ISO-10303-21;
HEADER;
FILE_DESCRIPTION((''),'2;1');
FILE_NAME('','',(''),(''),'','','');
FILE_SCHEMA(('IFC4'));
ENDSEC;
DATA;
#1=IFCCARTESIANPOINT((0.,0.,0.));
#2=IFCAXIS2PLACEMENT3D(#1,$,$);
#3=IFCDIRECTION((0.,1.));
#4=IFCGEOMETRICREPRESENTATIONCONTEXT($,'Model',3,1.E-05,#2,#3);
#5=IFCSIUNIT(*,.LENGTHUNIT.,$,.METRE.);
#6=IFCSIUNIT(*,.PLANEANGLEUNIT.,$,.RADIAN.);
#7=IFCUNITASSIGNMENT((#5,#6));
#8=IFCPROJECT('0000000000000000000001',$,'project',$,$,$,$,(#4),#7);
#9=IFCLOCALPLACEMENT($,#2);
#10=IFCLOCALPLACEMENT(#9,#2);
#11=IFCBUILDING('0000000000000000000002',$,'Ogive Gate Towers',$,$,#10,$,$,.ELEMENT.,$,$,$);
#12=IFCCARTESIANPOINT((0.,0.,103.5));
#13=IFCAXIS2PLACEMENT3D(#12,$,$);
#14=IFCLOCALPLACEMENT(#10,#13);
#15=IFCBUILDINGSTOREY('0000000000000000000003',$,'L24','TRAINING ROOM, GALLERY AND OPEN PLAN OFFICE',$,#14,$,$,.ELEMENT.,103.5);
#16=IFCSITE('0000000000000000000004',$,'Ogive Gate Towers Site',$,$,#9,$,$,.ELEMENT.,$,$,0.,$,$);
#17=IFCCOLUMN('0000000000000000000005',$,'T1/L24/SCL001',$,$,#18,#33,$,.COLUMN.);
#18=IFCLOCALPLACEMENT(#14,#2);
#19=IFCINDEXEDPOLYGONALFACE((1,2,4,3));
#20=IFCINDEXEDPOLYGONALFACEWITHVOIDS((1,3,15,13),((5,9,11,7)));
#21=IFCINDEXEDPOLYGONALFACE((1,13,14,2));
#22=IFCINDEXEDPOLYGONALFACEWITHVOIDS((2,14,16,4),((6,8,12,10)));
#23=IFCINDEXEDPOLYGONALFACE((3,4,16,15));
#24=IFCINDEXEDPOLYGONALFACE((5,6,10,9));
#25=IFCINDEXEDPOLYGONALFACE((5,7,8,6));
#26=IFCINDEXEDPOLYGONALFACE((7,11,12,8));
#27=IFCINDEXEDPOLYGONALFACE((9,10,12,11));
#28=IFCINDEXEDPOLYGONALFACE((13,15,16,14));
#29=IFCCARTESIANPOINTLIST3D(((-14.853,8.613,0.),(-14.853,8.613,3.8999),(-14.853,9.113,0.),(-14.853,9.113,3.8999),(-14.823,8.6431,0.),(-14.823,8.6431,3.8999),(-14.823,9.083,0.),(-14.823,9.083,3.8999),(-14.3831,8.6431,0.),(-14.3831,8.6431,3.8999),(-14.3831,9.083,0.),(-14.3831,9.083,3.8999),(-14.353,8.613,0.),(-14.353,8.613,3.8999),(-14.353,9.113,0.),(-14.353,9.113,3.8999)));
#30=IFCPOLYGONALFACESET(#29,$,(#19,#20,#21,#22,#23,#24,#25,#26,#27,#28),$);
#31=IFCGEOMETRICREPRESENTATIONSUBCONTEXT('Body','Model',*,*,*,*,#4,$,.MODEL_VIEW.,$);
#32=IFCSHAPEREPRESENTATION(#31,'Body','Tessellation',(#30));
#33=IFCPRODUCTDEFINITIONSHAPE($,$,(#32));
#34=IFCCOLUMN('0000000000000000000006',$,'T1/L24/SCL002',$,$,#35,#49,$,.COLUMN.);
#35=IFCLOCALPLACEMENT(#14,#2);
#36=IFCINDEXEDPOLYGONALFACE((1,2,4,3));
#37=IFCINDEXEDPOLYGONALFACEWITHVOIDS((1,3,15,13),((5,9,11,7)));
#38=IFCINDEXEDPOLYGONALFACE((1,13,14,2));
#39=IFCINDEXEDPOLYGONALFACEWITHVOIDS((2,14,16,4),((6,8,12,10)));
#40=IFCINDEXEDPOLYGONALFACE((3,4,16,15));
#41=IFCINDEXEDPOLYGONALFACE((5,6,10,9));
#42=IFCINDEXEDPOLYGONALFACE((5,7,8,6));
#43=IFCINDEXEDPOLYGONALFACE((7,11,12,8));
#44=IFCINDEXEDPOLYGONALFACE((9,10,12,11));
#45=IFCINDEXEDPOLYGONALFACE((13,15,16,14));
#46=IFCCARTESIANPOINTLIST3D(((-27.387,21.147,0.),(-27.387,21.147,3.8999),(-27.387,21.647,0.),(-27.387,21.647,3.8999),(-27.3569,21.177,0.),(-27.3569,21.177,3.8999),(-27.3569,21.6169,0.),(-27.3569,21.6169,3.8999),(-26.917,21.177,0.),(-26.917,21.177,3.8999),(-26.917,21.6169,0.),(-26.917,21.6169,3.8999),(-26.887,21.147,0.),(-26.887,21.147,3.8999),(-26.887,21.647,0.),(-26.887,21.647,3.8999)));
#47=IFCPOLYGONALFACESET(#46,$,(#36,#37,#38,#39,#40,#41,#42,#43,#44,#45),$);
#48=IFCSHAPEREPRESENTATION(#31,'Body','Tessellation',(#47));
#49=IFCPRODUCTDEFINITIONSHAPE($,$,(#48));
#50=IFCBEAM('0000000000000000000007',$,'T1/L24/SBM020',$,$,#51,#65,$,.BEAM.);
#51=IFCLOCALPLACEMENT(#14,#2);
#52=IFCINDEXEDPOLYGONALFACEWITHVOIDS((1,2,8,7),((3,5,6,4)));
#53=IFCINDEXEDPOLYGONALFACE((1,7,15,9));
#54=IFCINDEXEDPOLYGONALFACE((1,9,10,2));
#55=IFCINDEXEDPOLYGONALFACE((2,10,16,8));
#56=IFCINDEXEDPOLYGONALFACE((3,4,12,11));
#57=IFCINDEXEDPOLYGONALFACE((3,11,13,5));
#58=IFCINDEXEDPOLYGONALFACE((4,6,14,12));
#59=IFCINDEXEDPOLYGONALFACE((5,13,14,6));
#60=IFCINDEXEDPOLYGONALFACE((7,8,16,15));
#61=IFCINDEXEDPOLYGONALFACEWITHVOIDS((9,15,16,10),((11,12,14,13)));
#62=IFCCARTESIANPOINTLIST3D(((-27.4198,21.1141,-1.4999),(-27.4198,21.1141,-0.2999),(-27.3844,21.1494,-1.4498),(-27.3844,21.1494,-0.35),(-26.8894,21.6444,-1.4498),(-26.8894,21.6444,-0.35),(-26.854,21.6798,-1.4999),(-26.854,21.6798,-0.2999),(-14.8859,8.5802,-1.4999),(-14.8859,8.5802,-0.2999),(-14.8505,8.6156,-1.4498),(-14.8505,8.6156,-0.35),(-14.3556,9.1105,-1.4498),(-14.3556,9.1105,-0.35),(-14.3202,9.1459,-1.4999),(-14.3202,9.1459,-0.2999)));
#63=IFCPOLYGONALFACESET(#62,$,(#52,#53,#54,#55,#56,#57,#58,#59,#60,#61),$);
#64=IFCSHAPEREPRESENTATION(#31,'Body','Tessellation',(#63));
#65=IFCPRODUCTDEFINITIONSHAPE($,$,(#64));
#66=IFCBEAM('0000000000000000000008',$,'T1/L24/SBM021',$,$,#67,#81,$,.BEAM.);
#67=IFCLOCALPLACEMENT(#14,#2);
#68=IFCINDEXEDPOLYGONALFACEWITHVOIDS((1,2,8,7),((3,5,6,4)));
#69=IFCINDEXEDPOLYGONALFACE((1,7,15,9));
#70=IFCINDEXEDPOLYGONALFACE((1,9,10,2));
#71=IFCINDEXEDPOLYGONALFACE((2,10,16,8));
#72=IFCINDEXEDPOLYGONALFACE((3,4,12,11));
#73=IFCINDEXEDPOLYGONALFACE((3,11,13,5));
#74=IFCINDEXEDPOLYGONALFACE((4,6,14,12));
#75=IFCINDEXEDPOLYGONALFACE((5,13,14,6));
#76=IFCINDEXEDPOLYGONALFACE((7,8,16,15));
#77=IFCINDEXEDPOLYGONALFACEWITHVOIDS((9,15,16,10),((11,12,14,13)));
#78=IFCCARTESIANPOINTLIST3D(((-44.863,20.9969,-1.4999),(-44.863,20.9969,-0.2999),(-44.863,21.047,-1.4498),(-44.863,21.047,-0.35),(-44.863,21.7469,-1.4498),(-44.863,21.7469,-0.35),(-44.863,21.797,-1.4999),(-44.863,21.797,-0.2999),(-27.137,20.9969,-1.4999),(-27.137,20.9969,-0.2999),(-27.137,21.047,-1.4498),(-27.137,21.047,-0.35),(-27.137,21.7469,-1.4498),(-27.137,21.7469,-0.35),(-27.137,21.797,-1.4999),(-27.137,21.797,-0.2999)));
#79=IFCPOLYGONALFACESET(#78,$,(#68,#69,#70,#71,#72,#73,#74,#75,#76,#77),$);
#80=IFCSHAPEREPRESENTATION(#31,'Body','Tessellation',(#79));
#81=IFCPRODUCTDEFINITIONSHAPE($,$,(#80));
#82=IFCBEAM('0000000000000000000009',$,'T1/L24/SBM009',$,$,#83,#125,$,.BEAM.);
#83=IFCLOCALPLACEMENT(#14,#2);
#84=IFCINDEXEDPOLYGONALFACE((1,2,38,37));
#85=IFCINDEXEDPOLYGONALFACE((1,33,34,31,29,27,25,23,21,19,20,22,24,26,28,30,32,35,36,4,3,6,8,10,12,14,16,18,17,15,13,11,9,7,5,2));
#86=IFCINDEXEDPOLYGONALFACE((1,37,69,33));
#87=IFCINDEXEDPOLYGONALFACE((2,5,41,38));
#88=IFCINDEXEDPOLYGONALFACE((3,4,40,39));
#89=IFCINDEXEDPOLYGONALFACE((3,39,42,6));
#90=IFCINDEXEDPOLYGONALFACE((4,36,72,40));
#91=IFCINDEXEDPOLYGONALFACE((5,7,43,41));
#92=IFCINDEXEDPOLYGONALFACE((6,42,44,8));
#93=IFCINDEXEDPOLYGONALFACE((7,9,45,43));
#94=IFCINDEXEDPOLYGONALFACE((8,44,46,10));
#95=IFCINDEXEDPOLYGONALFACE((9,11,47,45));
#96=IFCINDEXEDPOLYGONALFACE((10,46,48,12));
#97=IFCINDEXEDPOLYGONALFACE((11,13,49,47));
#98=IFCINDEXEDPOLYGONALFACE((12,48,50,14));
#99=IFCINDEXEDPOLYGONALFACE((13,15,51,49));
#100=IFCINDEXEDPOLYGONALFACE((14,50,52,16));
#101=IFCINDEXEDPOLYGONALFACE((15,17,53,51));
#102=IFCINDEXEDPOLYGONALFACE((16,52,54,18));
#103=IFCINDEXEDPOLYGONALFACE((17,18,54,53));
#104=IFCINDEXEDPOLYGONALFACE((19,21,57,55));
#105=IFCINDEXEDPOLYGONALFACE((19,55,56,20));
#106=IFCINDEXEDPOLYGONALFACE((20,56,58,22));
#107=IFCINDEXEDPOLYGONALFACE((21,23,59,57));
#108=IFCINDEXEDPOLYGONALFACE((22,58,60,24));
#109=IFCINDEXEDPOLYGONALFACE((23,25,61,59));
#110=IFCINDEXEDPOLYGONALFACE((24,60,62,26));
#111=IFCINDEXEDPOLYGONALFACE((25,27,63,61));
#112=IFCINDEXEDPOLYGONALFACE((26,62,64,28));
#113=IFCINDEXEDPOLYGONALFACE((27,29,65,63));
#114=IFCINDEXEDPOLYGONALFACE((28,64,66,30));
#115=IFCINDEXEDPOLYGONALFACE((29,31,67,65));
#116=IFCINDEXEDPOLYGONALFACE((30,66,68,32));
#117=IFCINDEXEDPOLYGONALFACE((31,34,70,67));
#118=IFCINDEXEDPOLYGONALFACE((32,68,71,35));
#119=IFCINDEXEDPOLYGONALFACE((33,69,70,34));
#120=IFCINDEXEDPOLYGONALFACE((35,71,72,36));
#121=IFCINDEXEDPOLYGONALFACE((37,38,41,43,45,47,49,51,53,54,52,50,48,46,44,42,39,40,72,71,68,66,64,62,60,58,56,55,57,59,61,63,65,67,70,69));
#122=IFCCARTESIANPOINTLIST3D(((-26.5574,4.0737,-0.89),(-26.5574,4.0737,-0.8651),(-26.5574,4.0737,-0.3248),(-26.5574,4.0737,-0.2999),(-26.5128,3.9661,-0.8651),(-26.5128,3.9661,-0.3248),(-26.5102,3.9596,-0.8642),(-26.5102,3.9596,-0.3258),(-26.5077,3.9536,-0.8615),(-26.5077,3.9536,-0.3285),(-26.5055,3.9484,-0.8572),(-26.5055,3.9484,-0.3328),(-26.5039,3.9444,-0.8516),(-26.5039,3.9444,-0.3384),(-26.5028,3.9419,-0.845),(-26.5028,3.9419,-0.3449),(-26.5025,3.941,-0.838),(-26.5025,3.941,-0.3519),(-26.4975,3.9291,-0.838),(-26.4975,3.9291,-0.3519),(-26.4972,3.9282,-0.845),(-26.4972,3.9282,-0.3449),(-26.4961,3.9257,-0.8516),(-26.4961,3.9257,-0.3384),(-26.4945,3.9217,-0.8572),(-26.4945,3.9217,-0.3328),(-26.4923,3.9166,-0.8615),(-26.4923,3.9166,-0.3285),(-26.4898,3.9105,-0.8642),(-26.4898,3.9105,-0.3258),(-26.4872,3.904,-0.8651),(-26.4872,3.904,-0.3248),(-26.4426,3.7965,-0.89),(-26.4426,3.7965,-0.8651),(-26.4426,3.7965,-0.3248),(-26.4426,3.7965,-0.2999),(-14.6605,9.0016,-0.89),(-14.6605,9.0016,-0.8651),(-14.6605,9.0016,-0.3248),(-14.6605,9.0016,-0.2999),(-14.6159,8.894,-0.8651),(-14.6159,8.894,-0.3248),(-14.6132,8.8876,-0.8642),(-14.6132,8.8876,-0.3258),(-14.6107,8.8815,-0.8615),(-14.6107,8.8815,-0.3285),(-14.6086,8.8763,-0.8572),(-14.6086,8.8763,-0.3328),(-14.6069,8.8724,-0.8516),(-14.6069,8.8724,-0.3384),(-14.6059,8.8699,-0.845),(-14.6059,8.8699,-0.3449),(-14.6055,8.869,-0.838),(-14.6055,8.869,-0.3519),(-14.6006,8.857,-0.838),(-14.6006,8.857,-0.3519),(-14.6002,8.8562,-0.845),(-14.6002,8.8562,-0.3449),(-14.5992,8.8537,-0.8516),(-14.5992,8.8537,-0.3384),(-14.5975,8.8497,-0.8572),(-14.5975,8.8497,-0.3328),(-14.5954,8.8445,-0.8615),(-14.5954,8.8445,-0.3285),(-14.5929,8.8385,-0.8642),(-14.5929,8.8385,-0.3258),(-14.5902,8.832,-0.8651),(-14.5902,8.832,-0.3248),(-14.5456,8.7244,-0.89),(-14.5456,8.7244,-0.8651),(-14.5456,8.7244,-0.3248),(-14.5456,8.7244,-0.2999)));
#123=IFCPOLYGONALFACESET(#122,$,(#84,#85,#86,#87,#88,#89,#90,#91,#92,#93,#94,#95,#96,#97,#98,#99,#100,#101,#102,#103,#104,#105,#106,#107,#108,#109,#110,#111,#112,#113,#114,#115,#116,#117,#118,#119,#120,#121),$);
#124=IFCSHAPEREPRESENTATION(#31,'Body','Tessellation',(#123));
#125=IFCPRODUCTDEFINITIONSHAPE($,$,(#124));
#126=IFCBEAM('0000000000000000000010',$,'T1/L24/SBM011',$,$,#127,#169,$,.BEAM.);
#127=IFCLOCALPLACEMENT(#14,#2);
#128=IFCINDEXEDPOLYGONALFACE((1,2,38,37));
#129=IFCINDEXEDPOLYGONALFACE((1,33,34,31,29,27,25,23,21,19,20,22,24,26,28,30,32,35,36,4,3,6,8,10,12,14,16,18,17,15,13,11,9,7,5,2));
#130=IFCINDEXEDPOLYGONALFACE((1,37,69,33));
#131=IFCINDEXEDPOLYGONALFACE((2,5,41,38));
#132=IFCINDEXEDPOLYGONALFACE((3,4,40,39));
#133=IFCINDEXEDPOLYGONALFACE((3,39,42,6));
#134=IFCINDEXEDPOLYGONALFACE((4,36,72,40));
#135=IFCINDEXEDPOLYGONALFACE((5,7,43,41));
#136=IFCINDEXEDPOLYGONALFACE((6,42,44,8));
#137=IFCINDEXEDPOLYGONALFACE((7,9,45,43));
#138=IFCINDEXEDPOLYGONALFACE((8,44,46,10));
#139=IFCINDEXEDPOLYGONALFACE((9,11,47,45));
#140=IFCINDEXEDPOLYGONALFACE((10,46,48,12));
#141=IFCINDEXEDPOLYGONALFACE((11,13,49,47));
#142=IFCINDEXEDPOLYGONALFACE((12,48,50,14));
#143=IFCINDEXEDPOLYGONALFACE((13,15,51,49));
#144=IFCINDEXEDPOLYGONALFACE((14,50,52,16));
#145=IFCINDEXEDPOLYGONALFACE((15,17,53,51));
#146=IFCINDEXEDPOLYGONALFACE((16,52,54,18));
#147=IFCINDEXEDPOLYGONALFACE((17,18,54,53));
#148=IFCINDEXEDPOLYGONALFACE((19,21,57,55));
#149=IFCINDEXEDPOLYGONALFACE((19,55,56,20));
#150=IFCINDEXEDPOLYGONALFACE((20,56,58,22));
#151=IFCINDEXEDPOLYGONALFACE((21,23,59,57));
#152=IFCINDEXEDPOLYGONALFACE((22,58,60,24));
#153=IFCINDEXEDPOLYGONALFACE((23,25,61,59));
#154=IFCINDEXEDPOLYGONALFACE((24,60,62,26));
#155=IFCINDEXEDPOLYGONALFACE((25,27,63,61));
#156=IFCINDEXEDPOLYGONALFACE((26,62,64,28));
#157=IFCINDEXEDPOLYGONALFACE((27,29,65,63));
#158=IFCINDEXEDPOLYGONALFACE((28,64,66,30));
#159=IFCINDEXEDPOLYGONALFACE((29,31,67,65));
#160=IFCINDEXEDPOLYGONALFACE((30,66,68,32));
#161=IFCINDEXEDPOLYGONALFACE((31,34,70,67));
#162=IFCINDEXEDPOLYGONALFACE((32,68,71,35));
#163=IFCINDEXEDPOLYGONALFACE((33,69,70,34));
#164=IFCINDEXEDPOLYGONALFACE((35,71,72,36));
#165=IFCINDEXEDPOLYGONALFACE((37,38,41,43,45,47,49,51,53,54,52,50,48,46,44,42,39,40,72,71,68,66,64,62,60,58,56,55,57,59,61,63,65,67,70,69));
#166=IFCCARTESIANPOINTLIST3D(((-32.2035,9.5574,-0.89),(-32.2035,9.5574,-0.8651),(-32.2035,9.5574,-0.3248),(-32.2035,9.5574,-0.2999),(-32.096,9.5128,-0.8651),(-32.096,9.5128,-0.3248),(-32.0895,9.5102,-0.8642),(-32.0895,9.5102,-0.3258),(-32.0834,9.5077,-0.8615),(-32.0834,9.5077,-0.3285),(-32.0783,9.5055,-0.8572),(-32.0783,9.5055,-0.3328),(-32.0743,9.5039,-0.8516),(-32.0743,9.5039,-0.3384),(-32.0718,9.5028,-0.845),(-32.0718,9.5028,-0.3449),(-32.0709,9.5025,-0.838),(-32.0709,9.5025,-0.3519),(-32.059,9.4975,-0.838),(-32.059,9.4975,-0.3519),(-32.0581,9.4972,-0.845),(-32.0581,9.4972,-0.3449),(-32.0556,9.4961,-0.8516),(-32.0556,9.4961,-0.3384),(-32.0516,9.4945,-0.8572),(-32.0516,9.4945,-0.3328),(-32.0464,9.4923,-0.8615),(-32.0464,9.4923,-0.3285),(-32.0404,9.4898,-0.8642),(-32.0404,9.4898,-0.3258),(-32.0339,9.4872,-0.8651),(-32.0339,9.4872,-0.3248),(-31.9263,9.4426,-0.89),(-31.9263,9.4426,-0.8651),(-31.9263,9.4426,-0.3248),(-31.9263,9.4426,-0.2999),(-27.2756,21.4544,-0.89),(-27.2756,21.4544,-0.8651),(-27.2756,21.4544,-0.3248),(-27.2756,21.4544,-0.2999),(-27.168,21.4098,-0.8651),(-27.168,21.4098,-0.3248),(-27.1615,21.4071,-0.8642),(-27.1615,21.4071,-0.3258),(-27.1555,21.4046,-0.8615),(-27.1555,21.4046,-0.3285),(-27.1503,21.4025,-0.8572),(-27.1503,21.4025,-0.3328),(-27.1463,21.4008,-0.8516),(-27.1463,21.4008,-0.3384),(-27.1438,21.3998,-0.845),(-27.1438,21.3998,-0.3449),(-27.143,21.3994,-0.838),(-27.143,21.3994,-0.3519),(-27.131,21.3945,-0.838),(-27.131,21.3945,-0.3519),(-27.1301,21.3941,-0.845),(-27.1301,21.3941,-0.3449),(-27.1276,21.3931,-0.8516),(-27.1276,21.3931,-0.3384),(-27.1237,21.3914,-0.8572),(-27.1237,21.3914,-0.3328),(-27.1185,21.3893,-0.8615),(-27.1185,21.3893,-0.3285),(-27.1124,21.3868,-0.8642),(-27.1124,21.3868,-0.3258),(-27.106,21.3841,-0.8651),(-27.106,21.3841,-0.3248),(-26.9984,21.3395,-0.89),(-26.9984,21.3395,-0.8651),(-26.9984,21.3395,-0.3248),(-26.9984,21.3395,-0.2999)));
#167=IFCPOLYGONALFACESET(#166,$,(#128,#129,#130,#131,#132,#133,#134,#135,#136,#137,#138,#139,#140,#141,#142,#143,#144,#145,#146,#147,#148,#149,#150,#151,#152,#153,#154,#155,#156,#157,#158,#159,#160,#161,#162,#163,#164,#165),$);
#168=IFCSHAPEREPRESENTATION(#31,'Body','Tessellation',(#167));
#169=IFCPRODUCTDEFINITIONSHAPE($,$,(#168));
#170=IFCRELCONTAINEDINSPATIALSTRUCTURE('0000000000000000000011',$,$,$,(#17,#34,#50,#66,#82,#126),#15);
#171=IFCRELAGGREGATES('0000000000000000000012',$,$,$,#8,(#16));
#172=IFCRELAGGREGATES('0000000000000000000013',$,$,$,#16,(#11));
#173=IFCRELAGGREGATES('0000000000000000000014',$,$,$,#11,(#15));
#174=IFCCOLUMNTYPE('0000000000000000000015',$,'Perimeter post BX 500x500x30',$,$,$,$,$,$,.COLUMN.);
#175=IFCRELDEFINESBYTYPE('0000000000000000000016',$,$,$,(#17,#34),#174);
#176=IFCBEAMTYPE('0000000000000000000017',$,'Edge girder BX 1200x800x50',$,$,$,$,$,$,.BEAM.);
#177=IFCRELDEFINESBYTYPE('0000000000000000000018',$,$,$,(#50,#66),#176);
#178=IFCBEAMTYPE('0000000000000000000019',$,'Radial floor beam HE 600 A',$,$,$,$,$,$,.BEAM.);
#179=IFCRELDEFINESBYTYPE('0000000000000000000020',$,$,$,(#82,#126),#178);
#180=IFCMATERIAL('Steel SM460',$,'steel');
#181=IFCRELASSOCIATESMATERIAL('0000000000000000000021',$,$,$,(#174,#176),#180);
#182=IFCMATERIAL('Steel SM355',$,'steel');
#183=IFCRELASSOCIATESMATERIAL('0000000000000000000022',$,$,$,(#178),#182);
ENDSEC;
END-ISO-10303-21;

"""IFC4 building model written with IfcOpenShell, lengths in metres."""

from ifc_helpers import new_model, si_unit, direction, frame, origin, origin_2d, place, context, subcontext, project, spatial, hollow_rectangle, i_section, extrude, material, material_profile, profile_set, type_object, element, save


model = new_model("IFC4")

# Units and contexts
model_context = context("Model", 3, precision=1e-05, world=origin(), true_north=direction((0.0, 1.0)))
body_context = subcontext(model_context, "Body", "Model", "MODEL_VIEW")
ifc_project = project(units=[si_unit("LENGTHUNIT", "METRE"), si_unit("PLANEANGLEUNIT", "RADIAN")], contexts=[model_context])

# Site, building, storey
site_placement = place(None, origin())
site = spatial("IfcSite", under=ifc_project, at=site_placement, Name="Ogive Gate Towers Site", CompositionType="ELEMENT", RefElevation=0.0)
building_placement = place(site_placement, origin())
building = spatial("IfcBuilding", under=site, at=building_placement, Name="Ogive Gate Towers", CompositionType="ELEMENT")
storey_placement = place(building_placement, frame((0.0, 0.0, 103.5)))
storey = spatial("IfcBuildingStorey", under=building, at=storey_placement, Name="L24", Description="TRAINING ROOM, GALLERY AND OPEN PLAN OFFICE", CompositionType="ELEMENT", Elevation=103.5)

# Columns
ifc_material_1 = material(Name="Steel SM460", Category="steel")
ifc_material_profile_1 = material_profile(ifc_material_1, hollow_rectangle(XDim=0.5, YDim=0.5, WallThickness=0.03, at=origin_2d()), Name="BX 500x500x30")
ifc_profile_set_1 = profile_set([ifc_material_profile_1], Name="Steel SM460")
column_type = type_object("IfcColumnType", Name="Perimeter post BX 500x500x30", PredefinedType="COLUMN", material=ifc_profile_set_1)
for number, where, z_axis, x_axis, name in (
    (1, (-14.603, 8.863, 0.0), (0.0, 0.0, 1.0), (1.0, 0.0, 0.0), "T1/L24/SCL001"),
    (2, (-27.137, 21.397, 0.0), (0.0, 0.0, 1.0), (1.0, 0.0, 0.0), "T1/L24/SCL002"),
):
    element("IfcColumn", number, at=place(storey_placement, frame(where, z_axis=z_axis, x_axis=x_axis)), inside=storey, type_object=column_type, Name=name, PredefinedType="COLUMN", context=body_context, shape_type="SweptSolid", body=[
        extrude(hollow_rectangle(XDim=0.5, YDim=0.5, WallThickness=0.03, at=origin_2d()), origin(), (0.0, 0.0, 1.0), 3.8999),
    ])

# Beams
ifc_material_profile_2 = material_profile(ifc_material_1, hollow_rectangle(XDim=0.8, YDim=1.2, WallThickness=0.05, at=origin_2d()), Name="BX 1200x800x50")
ifc_profile_set_2 = profile_set([ifc_material_profile_2], Name="Steel SM460")
beam_type_1 = type_object("IfcBeamType", Name="Edge girder BX 1200x800x50", PredefinedType="BEAM", material=ifc_profile_set_2)
beam_1_placement = place(storey_placement, frame((-14.603, 8.863, -0.8999), z_axis=(-0.707107, 0.707107, 0.0), x_axis=(-0.707107, -0.707107, 0.0)))
element("IfcBeam", 3, at=beam_1_placement, inside=storey, type_object=beam_type_1, Name="T1/L24/SBM020", PredefinedType="BEAM", context=body_context, shape_type="SweptSolid", body=[
    extrude(hollow_rectangle(XDim=0.8, YDim=1.2, WallThickness=0.05, at=origin_2d()), origin(), (0.0, 0.0, 1.0), 17.7256),
])
beam_2_placement = place(storey_placement, frame((-27.137, 21.397, -0.8999), z_axis=(-1.0, 0.0, 0.0), x_axis=(0.0, -1.0, 0.0)))
element("IfcBeam", 4, at=beam_2_placement, inside=storey, type_object=beam_type_1, Name="T1/L24/SBM021", PredefinedType="BEAM", context=body_context, shape_type="SweptSolid", body=[
    extrude(hollow_rectangle(XDim=0.8, YDim=1.2, WallThickness=0.05, at=origin_2d()), origin(), (0.0, 0.0, 1.0), 17.7261),
])
ifc_material_2 = material(Name="Steel SM355", Category="steel")
ifc_material_profile_3 = material_profile(ifc_material_2, i_section(OverallWidth=0.3, OverallDepth=0.5901, WebThickness=0.0129, FlangeThickness=0.0249, FilletRadius=0.0271, at=origin_2d()), Name="HE 600 A")
ifc_profile_set_3 = profile_set([ifc_material_profile_3], Name="Steel SM355")
beam_type_2 = type_object("IfcBeamType", Name="Radial floor beam HE 600 A", PredefinedType="BEAM", material=ifc_profile_set_3)
for number, where, z_axis, x_axis, name in (
    (5, (-26.5, 3.9351, -0.595), (0.923877, 0.382689, 0.0), (-0.382689, 0.923877, 0.0), "T1/L24/SBM009"),
    (6, (-32.0649, 9.5, -0.595), (0.382689, 0.923877, 0.0), (-0.923877, 0.382689, 0.0), "T1/L24/SBM011"),
):
    element("IfcBeam", number, at=place(storey_placement, frame(where, z_axis=z_axis, x_axis=x_axis)), inside=storey, type_object=beam_type_2, Name=name, PredefinedType="BEAM", context=body_context, shape_type="SweptSolid", body=[
        extrude(i_section(OverallWidth=0.3, OverallDepth=0.5901, WebThickness=0.0129, FlangeThickness=0.0249, FilletRadius=0.0271, at=origin_2d()), origin(), (0.0, 0.0, 1.0), 12.8772),
    ])

save(model, "model.ifc")
